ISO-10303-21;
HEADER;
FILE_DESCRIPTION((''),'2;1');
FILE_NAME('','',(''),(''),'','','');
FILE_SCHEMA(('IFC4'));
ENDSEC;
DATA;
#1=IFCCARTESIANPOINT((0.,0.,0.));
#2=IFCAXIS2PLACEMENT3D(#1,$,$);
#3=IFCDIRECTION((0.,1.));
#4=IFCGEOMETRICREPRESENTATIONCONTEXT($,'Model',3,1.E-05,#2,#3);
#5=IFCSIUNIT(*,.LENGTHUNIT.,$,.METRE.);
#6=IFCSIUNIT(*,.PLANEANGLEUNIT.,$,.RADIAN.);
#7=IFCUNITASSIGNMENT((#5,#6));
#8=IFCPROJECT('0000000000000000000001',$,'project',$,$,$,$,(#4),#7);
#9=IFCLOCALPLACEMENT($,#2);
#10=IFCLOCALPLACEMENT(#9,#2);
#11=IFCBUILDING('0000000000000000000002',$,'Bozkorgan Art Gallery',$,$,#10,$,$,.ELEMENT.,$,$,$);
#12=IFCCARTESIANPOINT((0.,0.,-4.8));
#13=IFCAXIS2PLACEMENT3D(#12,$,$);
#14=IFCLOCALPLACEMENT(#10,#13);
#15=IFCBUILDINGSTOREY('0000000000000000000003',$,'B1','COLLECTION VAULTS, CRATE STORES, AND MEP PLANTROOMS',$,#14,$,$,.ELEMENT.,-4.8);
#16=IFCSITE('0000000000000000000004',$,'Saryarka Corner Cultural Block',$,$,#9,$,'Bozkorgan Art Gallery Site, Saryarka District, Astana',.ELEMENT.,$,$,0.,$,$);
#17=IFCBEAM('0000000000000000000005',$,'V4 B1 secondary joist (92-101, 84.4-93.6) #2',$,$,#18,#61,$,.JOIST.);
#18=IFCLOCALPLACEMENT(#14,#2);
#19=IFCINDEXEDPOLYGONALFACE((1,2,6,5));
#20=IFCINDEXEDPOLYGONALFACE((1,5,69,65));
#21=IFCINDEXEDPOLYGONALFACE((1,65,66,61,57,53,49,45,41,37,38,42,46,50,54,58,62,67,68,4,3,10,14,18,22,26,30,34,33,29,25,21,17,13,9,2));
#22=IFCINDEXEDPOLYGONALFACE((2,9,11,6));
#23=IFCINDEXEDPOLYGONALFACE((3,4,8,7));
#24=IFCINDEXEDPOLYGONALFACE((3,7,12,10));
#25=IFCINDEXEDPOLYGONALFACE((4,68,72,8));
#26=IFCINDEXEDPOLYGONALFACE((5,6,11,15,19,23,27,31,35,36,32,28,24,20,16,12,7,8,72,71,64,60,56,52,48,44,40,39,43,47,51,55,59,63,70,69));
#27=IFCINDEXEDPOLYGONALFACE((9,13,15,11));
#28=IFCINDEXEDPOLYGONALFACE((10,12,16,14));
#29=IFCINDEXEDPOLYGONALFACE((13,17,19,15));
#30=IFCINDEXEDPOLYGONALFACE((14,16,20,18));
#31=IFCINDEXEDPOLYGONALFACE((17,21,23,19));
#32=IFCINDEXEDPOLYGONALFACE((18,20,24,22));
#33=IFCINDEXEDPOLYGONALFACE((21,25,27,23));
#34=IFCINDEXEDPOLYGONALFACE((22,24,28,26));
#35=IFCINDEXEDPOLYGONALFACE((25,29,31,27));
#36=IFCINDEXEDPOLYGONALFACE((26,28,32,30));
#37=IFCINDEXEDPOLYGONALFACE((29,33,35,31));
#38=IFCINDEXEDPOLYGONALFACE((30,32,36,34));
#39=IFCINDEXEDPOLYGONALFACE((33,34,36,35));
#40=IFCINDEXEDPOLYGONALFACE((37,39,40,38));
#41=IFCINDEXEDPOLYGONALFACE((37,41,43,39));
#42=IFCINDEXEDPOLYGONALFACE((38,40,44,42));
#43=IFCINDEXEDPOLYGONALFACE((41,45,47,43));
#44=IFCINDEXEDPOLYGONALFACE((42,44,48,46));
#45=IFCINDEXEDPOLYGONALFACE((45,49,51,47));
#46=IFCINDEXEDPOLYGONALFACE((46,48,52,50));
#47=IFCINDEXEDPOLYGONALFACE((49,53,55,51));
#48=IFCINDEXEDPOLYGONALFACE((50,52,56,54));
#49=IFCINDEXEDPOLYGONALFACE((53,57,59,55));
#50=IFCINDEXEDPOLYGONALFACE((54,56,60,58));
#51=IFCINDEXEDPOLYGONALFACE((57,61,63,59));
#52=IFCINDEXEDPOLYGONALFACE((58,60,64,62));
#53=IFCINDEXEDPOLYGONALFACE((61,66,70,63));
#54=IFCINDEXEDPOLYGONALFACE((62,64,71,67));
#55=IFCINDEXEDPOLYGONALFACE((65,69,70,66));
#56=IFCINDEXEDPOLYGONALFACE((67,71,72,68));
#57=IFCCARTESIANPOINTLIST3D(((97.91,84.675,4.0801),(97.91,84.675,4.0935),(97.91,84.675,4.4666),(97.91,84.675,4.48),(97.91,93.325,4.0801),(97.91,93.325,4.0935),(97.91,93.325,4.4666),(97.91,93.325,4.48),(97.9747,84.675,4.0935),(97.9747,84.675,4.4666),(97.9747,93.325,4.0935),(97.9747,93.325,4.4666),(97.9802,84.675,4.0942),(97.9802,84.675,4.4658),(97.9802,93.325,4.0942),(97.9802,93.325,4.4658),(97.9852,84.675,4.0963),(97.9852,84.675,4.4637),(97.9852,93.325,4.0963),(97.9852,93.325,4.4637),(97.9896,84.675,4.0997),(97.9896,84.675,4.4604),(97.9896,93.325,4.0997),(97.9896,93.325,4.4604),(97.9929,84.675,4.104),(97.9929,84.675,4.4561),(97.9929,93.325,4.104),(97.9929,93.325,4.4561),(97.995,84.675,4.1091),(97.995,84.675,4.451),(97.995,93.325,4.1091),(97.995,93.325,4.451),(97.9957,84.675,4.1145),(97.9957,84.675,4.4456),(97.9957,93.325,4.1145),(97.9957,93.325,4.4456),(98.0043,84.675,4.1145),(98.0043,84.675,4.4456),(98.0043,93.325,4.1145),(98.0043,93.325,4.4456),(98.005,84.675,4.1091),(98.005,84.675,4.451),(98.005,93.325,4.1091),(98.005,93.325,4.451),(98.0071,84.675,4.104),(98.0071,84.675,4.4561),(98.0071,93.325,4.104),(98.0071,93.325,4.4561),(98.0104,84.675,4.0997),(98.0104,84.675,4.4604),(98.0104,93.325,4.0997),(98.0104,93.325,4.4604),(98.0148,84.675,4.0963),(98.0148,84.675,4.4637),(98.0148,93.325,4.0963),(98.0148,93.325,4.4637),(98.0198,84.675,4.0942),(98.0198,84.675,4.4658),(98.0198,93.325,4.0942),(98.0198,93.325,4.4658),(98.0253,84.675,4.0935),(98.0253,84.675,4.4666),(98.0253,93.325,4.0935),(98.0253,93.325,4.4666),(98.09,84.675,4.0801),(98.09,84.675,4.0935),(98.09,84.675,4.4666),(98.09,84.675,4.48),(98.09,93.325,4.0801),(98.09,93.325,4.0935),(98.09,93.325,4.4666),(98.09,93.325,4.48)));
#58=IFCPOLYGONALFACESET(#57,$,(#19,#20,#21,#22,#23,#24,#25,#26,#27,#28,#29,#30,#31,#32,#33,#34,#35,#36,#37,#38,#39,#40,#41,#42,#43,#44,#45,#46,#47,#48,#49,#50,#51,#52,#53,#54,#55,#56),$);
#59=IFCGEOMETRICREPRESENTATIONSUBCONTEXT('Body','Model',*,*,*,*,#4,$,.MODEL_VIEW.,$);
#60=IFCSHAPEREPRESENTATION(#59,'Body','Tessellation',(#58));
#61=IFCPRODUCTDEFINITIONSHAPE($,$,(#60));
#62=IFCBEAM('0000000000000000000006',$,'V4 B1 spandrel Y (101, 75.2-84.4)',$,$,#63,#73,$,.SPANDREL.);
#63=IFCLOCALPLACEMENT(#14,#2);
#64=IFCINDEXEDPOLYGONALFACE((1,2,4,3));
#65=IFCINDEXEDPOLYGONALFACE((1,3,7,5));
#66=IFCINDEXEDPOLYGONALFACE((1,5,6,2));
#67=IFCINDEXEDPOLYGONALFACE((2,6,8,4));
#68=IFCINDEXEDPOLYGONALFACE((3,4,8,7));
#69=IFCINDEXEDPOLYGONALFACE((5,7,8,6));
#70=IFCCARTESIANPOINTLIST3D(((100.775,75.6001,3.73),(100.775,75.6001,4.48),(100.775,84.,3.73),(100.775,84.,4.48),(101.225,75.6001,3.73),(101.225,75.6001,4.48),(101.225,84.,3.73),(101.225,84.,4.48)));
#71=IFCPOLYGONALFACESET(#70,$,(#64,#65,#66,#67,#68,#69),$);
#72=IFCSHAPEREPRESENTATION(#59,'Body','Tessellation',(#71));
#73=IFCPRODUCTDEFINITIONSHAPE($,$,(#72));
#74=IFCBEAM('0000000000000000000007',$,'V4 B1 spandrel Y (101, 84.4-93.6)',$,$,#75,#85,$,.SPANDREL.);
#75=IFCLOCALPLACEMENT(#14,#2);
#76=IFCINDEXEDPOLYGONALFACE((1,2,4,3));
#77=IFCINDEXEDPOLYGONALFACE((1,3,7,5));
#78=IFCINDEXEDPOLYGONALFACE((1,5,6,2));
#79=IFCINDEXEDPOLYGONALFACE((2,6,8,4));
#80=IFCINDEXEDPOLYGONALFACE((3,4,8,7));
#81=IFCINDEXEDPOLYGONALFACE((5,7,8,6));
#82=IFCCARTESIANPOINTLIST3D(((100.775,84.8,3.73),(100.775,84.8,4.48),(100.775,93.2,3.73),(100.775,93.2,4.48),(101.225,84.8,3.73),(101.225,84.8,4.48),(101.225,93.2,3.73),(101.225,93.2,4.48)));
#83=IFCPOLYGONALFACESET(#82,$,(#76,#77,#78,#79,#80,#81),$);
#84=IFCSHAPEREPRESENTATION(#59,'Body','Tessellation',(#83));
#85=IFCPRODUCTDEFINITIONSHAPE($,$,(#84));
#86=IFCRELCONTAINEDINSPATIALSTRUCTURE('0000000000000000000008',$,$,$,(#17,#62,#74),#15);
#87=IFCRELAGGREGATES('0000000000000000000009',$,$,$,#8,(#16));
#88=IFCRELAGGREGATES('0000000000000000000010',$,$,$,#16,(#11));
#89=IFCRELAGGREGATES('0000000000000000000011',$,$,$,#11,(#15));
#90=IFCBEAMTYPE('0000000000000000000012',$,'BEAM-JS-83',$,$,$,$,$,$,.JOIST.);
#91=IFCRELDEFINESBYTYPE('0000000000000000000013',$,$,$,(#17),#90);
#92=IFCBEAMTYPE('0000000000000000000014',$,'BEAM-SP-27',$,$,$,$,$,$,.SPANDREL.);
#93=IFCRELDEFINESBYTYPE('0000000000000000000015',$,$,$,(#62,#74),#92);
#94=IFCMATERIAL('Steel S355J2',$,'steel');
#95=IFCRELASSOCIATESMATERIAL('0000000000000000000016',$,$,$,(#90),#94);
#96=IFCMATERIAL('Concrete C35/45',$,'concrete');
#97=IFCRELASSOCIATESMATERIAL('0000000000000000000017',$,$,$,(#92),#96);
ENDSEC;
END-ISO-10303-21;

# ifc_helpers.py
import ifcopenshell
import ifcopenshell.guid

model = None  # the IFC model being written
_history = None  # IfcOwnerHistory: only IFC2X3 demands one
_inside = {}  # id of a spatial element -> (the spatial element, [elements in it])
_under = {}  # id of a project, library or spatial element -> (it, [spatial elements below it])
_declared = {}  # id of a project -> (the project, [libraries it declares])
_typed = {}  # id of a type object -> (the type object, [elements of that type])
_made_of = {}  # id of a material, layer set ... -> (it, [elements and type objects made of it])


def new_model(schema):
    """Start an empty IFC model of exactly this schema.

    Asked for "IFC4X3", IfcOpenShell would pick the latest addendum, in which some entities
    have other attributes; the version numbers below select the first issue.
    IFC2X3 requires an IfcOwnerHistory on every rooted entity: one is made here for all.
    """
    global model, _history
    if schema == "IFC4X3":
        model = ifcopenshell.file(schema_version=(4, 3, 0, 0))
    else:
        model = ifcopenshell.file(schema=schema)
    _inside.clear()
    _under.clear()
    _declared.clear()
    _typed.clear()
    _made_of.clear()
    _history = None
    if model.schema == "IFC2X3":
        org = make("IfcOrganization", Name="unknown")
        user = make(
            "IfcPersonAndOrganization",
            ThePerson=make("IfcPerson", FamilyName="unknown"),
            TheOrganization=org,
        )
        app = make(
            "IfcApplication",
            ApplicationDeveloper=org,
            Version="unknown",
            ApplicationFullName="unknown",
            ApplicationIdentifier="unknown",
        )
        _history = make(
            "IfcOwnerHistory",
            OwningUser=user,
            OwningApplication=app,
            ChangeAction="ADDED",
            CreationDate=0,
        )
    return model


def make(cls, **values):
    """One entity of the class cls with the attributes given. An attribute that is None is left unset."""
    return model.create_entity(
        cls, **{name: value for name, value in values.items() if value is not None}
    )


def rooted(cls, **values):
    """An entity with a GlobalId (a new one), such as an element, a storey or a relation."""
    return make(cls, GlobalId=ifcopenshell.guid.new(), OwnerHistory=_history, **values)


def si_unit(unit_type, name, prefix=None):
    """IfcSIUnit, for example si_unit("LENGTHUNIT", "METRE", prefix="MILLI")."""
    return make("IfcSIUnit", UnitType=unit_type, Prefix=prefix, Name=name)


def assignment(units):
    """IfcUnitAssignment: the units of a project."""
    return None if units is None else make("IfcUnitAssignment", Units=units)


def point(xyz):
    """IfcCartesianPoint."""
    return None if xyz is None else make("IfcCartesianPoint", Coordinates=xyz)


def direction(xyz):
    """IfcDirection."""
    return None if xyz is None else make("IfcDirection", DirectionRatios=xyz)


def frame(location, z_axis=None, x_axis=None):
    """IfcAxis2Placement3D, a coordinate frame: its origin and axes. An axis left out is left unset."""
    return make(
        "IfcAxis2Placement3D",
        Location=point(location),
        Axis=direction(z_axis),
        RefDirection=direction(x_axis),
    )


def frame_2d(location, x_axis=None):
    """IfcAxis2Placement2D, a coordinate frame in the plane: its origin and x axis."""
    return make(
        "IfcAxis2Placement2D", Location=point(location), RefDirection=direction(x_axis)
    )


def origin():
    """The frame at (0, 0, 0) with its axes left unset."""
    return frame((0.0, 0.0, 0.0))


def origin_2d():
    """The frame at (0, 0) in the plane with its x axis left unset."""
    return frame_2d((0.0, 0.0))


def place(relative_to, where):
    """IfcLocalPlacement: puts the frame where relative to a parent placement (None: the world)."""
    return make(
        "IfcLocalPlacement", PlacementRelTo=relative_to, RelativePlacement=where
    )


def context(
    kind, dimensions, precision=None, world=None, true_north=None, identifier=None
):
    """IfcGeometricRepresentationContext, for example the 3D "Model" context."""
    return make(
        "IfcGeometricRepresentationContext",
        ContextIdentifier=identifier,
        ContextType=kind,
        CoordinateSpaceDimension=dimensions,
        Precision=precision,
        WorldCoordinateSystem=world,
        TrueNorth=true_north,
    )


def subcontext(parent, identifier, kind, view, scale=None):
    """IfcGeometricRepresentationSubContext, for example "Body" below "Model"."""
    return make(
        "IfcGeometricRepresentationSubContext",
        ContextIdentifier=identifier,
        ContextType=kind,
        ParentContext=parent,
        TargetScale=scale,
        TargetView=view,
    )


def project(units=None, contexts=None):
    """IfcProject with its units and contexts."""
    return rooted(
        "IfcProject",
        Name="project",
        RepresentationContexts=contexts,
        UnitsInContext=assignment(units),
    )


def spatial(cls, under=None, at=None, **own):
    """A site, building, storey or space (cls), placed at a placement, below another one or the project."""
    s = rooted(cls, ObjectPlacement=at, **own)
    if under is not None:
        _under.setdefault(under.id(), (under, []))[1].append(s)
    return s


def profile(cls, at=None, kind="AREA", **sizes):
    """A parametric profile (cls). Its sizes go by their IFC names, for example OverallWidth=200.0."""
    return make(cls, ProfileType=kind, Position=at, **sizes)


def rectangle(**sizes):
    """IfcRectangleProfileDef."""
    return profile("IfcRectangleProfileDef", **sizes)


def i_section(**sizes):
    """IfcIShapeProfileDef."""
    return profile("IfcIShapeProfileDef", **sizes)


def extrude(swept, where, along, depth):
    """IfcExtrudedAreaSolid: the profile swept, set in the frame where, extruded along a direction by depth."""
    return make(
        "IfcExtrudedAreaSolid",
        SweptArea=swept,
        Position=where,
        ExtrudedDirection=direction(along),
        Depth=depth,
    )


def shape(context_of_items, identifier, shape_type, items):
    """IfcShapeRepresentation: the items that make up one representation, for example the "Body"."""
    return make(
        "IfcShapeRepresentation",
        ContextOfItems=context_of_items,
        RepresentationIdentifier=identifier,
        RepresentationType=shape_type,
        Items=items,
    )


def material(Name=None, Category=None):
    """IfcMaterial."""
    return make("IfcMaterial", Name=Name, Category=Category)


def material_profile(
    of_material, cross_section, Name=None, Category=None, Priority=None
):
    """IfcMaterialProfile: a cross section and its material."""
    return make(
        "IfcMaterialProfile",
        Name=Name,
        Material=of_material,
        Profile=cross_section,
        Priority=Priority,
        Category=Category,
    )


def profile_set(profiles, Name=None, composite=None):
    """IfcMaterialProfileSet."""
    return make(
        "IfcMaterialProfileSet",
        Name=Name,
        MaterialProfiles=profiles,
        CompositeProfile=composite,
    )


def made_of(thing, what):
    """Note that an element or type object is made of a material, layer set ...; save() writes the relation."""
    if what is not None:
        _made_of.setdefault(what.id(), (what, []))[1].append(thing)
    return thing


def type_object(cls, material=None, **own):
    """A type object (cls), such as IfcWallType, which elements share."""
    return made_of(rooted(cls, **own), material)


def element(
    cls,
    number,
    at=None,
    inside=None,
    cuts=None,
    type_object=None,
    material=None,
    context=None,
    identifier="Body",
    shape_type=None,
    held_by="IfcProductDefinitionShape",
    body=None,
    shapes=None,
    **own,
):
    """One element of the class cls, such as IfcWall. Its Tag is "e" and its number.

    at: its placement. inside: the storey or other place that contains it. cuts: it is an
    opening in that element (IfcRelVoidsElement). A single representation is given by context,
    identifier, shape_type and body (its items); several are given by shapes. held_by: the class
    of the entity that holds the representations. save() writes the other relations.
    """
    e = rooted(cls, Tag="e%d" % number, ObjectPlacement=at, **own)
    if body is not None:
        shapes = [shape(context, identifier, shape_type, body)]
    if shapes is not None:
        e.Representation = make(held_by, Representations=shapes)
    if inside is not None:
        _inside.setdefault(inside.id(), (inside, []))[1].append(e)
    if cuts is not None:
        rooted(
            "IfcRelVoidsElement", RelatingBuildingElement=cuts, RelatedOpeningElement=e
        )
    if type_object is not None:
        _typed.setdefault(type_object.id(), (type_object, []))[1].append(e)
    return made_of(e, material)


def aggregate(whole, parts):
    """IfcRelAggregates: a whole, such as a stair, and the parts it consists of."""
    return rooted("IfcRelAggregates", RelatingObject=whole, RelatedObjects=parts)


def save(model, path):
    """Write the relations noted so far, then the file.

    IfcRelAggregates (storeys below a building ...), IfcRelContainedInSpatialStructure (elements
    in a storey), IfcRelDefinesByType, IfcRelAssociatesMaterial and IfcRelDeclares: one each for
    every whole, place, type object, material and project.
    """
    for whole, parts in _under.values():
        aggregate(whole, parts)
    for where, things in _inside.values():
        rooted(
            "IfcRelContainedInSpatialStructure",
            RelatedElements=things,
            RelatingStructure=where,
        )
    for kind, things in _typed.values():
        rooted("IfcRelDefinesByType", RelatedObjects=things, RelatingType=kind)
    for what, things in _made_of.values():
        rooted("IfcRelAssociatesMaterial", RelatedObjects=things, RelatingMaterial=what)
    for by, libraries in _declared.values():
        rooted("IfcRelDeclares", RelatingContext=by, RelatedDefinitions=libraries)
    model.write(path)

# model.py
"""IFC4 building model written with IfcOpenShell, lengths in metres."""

from ifc_helpers import new_model, si_unit, direction, frame, origin, origin_2d, place, context, subcontext, project, spatial, rectangle, i_section, extrude, material, material_profile, profile_set, type_object, element, save


model = new_model("IFC4")

# Units and contexts
model_context = context("Model", 3, precision=1e-05, world=origin(), true_north=direction((0.0, 1.0)))
body_context = subcontext(model_context, "Body", "Model", "MODEL_VIEW")
ifc_project = project(units=[si_unit("LENGTHUNIT", "METRE"), si_unit("PLANEANGLEUNIT", "RADIAN")], contexts=[model_context])

# Site, building, storey
site_placement = place(None, origin())
site = spatial("IfcSite", under=ifc_project, at=site_placement, Name="Saryarka Corner Cultural Block", LongName="Bozkorgan Art Gallery Site, Saryarka District, Astana", CompositionType="ELEMENT", RefElevation=0.0)
building_placement = place(site_placement, origin())
building = spatial("IfcBuilding", under=site, at=building_placement, Name="Bozkorgan Art Gallery", CompositionType="ELEMENT")
storey_placement = place(building_placement, frame((0.0, 0.0, -4.8)))
storey = spatial("IfcBuildingStorey", under=building, at=storey_placement, Name="B1", Description="COLLECTION VAULTS, CRATE STORES, AND MEP PLANTROOMS", CompositionType="ELEMENT", Elevation=-4.8)

# Beams
ifc_material_1 = material(Name="Concrete C35/45", Category="concrete")
ifc_material_2 = material(Name="Steel S355J2", Category="steel")
ifc_material_profile_1 = material_profile(ifc_material_2, i_section(OverallWidth=0.1799, OverallDepth=0.3999, WebThickness=0.0085, FlangeThickness=0.0134, FilletRadius=0.021, at=origin_2d()), Name="IPE 400")
ifc_profile_set_1 = profile_set([ifc_material_profile_1], Name="Steel S355J2")
beam_type_1 = type_object("IfcBeamType", Name="BEAM-JS-83", PredefinedType="JOIST", material=ifc_profile_set_1)
for number, where, z_axis, x_axis, name in (
    (1, (98.0, 84.675, 4.28), (0.0, 1.0, 0.0), (-1.0, 0.0, 0.0), "V4 B1 secondary joist (92-101, 84.4-93.6) #2"),
):
    element("IfcBeam", number, at=place(storey_placement, frame(where, z_axis=z_axis, x_axis=x_axis)), inside=storey, type_object=beam_type_1, Name=name, PredefinedType="JOIST", context=body_context, shape_type="SweptSolid", body=[
        extrude(i_section(OverallWidth=0.1799, OverallDepth=0.3999, WebThickness=0.0085, FlangeThickness=0.0134, FilletRadius=0.021, at=origin_2d()), origin(), (0.0, 0.0, 1.0), 8.6499),
    ])
ifc_material_profile_2 = material_profile(ifc_material_1, rectangle(XDim=0.45, YDim=0.75, at=origin_2d()), Name="RC 450x750")
ifc_profile_set_2 = profile_set([ifc_material_profile_2], Name="Concrete C35/45")
beam_type_2 = type_object("IfcBeamType", Name="BEAM-SP-27", PredefinedType="SPANDREL", material=ifc_profile_set_2)
for number, where, z_axis, x_axis, name in (
    (2, (101.0, 75.6001, 4.105), (0.0, 1.0, 0.0), (-1.0, 0.0, 0.0), "V4 B1 spandrel Y (101, 75.2-84.4)"),
    (3, (101.0, 84.8, 4.105), (0.0, 1.0, 0.0), (-1.0, 0.0, 0.0), "V4 B1 spandrel Y (101, 84.4-93.6)"),
):
    element("IfcBeam", number, at=place(storey_placement, frame(where, z_axis=z_axis, x_axis=x_axis)), inside=storey, type_object=beam_type_2, Name=name, PredefinedType="SPANDREL", context=body_context, shape_type="SweptSolid", body=[
        extrude(rectangle(XDim=0.45, YDim=0.75, at=origin_2d()), origin(), (0.0, 0.0, 1.0), 8.3999),
    ])

save(model, "model.ifc")
